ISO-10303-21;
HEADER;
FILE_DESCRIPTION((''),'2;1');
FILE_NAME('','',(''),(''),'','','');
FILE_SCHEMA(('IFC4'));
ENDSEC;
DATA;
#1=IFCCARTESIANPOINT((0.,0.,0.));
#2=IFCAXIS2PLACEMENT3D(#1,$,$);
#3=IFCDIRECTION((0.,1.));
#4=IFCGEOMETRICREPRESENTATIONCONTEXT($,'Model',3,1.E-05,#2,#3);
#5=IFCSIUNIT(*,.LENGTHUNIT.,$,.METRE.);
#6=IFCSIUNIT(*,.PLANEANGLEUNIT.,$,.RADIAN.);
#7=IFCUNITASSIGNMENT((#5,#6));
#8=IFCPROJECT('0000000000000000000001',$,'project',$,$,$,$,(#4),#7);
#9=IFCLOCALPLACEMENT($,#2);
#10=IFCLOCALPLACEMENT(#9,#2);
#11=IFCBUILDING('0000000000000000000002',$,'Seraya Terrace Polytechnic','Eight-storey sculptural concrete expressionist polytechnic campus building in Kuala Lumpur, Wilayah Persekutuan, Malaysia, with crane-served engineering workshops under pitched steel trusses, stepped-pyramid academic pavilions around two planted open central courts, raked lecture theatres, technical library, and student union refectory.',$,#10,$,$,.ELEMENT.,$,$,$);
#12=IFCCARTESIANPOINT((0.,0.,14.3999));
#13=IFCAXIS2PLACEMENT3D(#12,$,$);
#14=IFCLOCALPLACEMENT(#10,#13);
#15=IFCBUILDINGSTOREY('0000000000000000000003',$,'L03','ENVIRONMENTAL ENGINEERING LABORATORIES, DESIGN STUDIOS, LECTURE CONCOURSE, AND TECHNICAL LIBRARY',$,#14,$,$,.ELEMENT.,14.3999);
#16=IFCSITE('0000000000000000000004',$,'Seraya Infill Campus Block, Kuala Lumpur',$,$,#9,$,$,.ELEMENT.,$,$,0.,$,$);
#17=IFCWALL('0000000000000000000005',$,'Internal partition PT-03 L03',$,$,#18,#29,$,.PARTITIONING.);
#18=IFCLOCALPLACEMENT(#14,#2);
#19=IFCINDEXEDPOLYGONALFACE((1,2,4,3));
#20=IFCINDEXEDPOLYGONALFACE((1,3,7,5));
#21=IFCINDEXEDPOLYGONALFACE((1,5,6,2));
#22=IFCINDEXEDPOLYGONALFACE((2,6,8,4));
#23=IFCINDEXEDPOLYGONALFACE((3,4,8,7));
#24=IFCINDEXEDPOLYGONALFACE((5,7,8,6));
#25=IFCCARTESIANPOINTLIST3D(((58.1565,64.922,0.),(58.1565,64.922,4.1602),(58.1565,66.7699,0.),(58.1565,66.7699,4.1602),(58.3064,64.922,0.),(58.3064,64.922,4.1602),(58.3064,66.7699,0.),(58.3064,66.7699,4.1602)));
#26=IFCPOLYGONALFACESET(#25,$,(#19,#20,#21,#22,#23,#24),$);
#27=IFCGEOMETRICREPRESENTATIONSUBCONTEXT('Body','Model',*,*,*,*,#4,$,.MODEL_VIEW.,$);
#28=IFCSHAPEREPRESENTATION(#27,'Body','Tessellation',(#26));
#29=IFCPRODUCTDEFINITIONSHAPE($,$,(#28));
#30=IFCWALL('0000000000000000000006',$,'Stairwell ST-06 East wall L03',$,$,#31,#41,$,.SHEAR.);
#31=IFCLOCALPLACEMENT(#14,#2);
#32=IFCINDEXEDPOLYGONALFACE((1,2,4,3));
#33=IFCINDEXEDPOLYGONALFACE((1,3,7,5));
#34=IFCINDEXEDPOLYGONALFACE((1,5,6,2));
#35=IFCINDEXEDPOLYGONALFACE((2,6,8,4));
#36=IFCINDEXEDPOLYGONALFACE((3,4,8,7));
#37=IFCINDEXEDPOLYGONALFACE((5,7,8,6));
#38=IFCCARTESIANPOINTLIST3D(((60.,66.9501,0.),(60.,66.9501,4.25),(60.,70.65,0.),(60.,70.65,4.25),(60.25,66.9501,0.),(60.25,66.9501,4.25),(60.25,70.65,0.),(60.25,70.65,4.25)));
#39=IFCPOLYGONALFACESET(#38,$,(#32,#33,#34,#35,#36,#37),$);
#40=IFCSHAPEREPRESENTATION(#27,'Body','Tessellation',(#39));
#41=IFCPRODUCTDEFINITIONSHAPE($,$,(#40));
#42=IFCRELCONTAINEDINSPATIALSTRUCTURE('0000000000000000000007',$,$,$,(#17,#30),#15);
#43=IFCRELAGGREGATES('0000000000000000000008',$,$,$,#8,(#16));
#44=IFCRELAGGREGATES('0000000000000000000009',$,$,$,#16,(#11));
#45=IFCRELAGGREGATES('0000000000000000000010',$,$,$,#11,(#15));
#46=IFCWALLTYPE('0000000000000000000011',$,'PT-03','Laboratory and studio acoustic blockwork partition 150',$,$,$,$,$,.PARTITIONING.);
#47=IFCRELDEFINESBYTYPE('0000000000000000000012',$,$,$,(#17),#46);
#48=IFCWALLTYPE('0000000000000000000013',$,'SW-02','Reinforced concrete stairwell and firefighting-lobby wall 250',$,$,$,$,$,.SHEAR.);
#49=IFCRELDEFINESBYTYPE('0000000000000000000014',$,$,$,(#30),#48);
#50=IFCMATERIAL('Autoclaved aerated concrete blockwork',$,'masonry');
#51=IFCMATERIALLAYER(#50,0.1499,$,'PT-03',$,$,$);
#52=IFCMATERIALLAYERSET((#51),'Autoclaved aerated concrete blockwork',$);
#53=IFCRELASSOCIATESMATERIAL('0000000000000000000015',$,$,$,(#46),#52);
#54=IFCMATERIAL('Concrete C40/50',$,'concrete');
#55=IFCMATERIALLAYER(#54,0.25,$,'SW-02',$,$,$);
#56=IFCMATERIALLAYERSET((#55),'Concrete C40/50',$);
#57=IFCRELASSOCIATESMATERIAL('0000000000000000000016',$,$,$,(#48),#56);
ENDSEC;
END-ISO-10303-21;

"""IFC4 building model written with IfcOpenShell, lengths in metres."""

from ifc_helpers import new_model, si_unit, direction, frame, frame_2d, origin, place, context, subcontext, project, spatial, rectangle, extrude, material, layer, layer_set, type_object, element, save


model = new_model("IFC4")

# Units and contexts
model_context = context("Model", 3, precision=1e-05, world=origin(), true_north=direction((0.0, 1.0)))
body_context = subcontext(model_context, "Body", "Model", "MODEL_VIEW")
ifc_project = project(units=[si_unit("LENGTHUNIT", "METRE"), si_unit("PLANEANGLEUNIT", "RADIAN")], contexts=[model_context])

# Site, building, storey
site_placement = place(None, origin())
site = spatial("IfcSite", under=ifc_project, at=site_placement, Name="Seraya Infill Campus Block, Kuala Lumpur", CompositionType="ELEMENT", RefElevation=0.0)
building_placement = place(site_placement, origin())
building = spatial("IfcBuilding", under=site, at=building_placement, Name="Seraya Terrace Polytechnic", Description="Eight-storey sculptural concrete expressionist polytechnic campus building in Kuala Lumpur, Wilayah Persekutuan, Malaysia, with crane-served engineering workshops under pitched steel trusses, stepped-pyramid academic pavilions around two planted open central courts, raked lecture theatres, technical library, and student union refectory.", CompositionType="ELEMENT")
storey_placement = place(building_placement, frame((0.0, 0.0, 14.3999)))
storey = spatial("IfcBuildingStorey", under=building, at=storey_placement, Name="L03", Description="ENVIRONMENTAL ENGINEERING LABORATORIES, DESIGN STUDIOS, LECTURE CONCOURSE, AND TECHNICAL LIBRARY", CompositionType="ELEMENT", Elevation=14.3999)

# Shared definitions
ifc_material_1 = material(Name="Concrete C40/50", Category="concrete")

# Shared definitions
ifc_material_2 = material(Name="Autoclaved aerated concrete blockwork", Category="masonry")

# Walls
ifc_layer_1 = layer(ifc_material_2, 0.1499, Name="PT-03")
ifc_layer_set_1 = layer_set([ifc_layer_1], Name="Autoclaved aerated concrete blockwork")
wall_type_1 = type_object("IfcWallType", Name="PT-03", Description="Laboratory and studio acoustic blockwork partition 150", PredefinedType="PARTITIONING", material=ifc_layer_set_1)
wall_1_placement = place(storey_placement, frame((58.2314, 64.9221, 0.0), z_axis=(0.0, 0.0, 1.0), x_axis=(0.0, 1.0, 0.0)))
element("IfcWall", 1, at=wall_1_placement, inside=storey, type_object=wall_type_1, Name="Internal partition PT-03 L03", PredefinedType="PARTITIONING", context=body_context, shape_type="SweptSolid", body=[
    extrude(rectangle(XDim=1.8479, YDim=0.1499, at=frame_2d((0.9238, 0.0))), origin(), (0.0, 0.0, 1.0), 4.1602),
])
ifc_layer_2 = layer(ifc_material_1, 0.25, Name="SW-02")
ifc_layer_set_2 = layer_set([ifc_layer_2], Name="Concrete C40/50")
wall_type_2 = type_object("IfcWallType", Name="SW-02", Description="Reinforced concrete stairwell and firefighting-lobby wall 250", PredefinedType="SHEAR", material=ifc_layer_set_2)
wall_2_placement = place(storey_placement, frame((60.125, 66.95, 0.0), z_axis=(0.0, 0.0, 1.0), x_axis=(0.0, 1.0, 0.0)))
element("IfcWall", 2, at=wall_2_placement, inside=storey, type_object=wall_type_2, Name="Stairwell ST-06 East wall L03", PredefinedType="SHEAR", context=body_context, shape_type="SweptSolid", body=[
    extrude(rectangle(XDim=3.7, YDim=0.25, at=frame_2d((1.8501, 0.0))), origin(), (0.0, 0.0, 1.0), 4.25),
])

save(model, "model.ifc")
